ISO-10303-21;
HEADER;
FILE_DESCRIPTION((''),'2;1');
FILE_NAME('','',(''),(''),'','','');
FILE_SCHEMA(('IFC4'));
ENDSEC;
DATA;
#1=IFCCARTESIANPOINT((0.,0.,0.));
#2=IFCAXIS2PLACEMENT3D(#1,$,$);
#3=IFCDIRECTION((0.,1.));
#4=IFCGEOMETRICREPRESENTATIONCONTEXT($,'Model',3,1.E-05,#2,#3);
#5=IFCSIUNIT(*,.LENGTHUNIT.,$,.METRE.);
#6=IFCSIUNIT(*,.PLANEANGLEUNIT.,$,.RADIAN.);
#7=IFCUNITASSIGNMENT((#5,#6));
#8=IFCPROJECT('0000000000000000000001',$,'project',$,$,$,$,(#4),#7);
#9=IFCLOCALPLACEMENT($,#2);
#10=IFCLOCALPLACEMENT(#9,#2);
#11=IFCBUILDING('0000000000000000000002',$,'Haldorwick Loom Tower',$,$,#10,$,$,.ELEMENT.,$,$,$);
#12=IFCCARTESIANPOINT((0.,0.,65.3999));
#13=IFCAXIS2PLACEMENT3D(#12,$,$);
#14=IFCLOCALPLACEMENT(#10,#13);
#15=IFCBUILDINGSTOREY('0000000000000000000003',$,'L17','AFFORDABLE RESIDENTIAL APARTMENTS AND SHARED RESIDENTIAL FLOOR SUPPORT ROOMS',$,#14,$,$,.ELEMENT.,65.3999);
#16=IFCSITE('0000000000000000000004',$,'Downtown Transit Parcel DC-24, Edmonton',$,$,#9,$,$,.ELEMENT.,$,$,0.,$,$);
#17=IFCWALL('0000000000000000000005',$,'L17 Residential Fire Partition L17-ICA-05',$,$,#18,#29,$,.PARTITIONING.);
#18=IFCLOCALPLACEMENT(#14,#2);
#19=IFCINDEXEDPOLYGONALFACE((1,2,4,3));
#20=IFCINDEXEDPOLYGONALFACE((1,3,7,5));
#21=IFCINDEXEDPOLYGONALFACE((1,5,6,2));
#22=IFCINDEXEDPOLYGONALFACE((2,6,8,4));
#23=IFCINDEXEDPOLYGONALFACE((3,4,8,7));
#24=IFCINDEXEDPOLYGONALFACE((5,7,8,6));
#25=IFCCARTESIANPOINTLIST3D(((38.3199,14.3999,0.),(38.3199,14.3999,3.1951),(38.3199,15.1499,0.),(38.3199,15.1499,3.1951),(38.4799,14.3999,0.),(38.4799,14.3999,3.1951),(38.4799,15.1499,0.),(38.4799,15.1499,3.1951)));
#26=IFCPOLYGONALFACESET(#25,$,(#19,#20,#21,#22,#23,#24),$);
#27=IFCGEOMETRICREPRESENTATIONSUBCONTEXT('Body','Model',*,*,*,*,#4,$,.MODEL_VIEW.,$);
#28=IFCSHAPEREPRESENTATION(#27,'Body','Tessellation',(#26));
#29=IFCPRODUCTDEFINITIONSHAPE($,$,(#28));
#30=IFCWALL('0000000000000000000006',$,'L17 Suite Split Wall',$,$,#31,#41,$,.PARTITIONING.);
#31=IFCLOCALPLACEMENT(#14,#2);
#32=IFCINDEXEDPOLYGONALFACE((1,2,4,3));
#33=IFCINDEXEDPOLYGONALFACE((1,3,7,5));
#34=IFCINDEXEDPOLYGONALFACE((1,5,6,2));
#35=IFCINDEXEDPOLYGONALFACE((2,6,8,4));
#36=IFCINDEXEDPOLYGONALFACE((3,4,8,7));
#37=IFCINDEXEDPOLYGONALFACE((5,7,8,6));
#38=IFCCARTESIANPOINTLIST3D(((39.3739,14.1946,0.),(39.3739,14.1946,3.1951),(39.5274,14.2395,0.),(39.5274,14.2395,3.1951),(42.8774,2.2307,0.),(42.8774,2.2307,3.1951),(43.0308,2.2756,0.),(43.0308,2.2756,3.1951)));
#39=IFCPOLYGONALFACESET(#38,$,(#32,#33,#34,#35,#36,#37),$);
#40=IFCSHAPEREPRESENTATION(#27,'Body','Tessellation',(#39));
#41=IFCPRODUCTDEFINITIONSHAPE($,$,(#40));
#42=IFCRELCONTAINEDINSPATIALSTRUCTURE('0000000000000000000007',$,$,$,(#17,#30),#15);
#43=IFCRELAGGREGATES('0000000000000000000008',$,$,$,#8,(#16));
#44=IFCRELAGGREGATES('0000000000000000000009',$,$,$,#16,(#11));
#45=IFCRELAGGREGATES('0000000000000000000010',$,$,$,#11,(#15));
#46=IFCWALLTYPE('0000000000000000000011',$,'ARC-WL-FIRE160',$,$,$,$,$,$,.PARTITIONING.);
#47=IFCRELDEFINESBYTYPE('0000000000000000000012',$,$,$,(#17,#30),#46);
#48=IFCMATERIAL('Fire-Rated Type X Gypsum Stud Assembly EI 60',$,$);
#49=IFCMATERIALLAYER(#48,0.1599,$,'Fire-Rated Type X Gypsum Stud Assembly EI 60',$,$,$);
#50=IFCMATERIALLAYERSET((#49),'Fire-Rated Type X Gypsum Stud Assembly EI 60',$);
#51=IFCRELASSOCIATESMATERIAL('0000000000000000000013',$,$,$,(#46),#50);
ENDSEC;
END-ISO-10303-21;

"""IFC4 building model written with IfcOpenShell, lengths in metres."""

from ifc_helpers import new_model, si_unit, direction, frame, frame_2d, origin, place, context, subcontext, project, spatial, rectangle, extrude, material, layer, layer_set, type_object, element, save


model = new_model("IFC4")

# Units and contexts
model_context = context("Model", 3, precision=1e-05, world=origin(), true_north=direction((0.0, 1.0)))
body_context = subcontext(model_context, "Body", "Model", "MODEL_VIEW")
ifc_project = project(units=[si_unit("LENGTHUNIT", "METRE"), si_unit("PLANEANGLEUNIT", "RADIAN")], contexts=[model_context])

# Site, building, storey
site_placement = place(None, origin())
site = spatial("IfcSite", under=ifc_project, at=site_placement, Name="Downtown Transit Parcel DC-24, Edmonton", CompositionType="ELEMENT", RefElevation=0.0)
building_placement = place(site_placement, origin())
building = spatial("IfcBuilding", under=site, at=building_placement, Name="Haldorwick Loom Tower", CompositionType="ELEMENT")
storey_placement = place(building_placement, frame((0.0, 0.0, 65.3999)))
storey = spatial("IfcBuildingStorey", under=building, at=storey_placement, Name="L17", Description="AFFORDABLE RESIDENTIAL APARTMENTS AND SHARED RESIDENTIAL FLOOR SUPPORT ROOMS", CompositionType="ELEMENT", Elevation=65.3999)

# Walls
ifc_material_1 = material(Name="Fire-Rated Type X Gypsum Stud Assembly EI 60")
ifc_layer_1 = layer(ifc_material_1, 0.1599, Name="Fire-Rated Type X Gypsum Stud Assembly EI 60")
ifc_layer_set_1 = layer_set([ifc_layer_1], Name="Fire-Rated Type X Gypsum Stud Assembly EI 60")
wall_type_1 = type_object("IfcWallType", Name="ARC-WL-FIRE160", PredefinedType="PARTITIONING", material=ifc_layer_set_1)
wall_1_placement = place(storey_placement, frame((38.3999, 15.1499, 0.0), z_axis=(0.0, 0.0, 1.0), x_axis=(0.0, -1.0, 0.0)))
element("IfcWall", 1, at=wall_1_placement, inside=storey, type_object=wall_type_1, Name="L17 Residential Fire Partition L17-ICA-05", PredefinedType="PARTITIONING", context=body_context, shape_type="SweptSolid", body=[
    extrude(rectangle(XDim=0.75, YDim=0.1599, at=frame_2d((0.375, 0.0))), origin(), (0.0, 0.0, 1.0), 3.1951),
])
wall_2_placement = place(storey_placement, frame((39.4507, 14.217, 0.0), z_axis=(0.0, 0.0, 1.0), x_axis=(0.281032, -0.959699, 0.0)))
element("IfcWall", 2, at=wall_2_placement, inside=storey, type_object=wall_type_1, Name="L17 Suite Split Wall", PredefinedType="PARTITIONING", context=body_context, shape_type="SweptSolid", body=[
    extrude(rectangle(XDim=12.4663, YDim=0.1599, at=frame_2d((6.2332, 0.0))), origin(), (0.0, 0.0, 1.0), 3.1951),
])

save(model, "model.ifc")
